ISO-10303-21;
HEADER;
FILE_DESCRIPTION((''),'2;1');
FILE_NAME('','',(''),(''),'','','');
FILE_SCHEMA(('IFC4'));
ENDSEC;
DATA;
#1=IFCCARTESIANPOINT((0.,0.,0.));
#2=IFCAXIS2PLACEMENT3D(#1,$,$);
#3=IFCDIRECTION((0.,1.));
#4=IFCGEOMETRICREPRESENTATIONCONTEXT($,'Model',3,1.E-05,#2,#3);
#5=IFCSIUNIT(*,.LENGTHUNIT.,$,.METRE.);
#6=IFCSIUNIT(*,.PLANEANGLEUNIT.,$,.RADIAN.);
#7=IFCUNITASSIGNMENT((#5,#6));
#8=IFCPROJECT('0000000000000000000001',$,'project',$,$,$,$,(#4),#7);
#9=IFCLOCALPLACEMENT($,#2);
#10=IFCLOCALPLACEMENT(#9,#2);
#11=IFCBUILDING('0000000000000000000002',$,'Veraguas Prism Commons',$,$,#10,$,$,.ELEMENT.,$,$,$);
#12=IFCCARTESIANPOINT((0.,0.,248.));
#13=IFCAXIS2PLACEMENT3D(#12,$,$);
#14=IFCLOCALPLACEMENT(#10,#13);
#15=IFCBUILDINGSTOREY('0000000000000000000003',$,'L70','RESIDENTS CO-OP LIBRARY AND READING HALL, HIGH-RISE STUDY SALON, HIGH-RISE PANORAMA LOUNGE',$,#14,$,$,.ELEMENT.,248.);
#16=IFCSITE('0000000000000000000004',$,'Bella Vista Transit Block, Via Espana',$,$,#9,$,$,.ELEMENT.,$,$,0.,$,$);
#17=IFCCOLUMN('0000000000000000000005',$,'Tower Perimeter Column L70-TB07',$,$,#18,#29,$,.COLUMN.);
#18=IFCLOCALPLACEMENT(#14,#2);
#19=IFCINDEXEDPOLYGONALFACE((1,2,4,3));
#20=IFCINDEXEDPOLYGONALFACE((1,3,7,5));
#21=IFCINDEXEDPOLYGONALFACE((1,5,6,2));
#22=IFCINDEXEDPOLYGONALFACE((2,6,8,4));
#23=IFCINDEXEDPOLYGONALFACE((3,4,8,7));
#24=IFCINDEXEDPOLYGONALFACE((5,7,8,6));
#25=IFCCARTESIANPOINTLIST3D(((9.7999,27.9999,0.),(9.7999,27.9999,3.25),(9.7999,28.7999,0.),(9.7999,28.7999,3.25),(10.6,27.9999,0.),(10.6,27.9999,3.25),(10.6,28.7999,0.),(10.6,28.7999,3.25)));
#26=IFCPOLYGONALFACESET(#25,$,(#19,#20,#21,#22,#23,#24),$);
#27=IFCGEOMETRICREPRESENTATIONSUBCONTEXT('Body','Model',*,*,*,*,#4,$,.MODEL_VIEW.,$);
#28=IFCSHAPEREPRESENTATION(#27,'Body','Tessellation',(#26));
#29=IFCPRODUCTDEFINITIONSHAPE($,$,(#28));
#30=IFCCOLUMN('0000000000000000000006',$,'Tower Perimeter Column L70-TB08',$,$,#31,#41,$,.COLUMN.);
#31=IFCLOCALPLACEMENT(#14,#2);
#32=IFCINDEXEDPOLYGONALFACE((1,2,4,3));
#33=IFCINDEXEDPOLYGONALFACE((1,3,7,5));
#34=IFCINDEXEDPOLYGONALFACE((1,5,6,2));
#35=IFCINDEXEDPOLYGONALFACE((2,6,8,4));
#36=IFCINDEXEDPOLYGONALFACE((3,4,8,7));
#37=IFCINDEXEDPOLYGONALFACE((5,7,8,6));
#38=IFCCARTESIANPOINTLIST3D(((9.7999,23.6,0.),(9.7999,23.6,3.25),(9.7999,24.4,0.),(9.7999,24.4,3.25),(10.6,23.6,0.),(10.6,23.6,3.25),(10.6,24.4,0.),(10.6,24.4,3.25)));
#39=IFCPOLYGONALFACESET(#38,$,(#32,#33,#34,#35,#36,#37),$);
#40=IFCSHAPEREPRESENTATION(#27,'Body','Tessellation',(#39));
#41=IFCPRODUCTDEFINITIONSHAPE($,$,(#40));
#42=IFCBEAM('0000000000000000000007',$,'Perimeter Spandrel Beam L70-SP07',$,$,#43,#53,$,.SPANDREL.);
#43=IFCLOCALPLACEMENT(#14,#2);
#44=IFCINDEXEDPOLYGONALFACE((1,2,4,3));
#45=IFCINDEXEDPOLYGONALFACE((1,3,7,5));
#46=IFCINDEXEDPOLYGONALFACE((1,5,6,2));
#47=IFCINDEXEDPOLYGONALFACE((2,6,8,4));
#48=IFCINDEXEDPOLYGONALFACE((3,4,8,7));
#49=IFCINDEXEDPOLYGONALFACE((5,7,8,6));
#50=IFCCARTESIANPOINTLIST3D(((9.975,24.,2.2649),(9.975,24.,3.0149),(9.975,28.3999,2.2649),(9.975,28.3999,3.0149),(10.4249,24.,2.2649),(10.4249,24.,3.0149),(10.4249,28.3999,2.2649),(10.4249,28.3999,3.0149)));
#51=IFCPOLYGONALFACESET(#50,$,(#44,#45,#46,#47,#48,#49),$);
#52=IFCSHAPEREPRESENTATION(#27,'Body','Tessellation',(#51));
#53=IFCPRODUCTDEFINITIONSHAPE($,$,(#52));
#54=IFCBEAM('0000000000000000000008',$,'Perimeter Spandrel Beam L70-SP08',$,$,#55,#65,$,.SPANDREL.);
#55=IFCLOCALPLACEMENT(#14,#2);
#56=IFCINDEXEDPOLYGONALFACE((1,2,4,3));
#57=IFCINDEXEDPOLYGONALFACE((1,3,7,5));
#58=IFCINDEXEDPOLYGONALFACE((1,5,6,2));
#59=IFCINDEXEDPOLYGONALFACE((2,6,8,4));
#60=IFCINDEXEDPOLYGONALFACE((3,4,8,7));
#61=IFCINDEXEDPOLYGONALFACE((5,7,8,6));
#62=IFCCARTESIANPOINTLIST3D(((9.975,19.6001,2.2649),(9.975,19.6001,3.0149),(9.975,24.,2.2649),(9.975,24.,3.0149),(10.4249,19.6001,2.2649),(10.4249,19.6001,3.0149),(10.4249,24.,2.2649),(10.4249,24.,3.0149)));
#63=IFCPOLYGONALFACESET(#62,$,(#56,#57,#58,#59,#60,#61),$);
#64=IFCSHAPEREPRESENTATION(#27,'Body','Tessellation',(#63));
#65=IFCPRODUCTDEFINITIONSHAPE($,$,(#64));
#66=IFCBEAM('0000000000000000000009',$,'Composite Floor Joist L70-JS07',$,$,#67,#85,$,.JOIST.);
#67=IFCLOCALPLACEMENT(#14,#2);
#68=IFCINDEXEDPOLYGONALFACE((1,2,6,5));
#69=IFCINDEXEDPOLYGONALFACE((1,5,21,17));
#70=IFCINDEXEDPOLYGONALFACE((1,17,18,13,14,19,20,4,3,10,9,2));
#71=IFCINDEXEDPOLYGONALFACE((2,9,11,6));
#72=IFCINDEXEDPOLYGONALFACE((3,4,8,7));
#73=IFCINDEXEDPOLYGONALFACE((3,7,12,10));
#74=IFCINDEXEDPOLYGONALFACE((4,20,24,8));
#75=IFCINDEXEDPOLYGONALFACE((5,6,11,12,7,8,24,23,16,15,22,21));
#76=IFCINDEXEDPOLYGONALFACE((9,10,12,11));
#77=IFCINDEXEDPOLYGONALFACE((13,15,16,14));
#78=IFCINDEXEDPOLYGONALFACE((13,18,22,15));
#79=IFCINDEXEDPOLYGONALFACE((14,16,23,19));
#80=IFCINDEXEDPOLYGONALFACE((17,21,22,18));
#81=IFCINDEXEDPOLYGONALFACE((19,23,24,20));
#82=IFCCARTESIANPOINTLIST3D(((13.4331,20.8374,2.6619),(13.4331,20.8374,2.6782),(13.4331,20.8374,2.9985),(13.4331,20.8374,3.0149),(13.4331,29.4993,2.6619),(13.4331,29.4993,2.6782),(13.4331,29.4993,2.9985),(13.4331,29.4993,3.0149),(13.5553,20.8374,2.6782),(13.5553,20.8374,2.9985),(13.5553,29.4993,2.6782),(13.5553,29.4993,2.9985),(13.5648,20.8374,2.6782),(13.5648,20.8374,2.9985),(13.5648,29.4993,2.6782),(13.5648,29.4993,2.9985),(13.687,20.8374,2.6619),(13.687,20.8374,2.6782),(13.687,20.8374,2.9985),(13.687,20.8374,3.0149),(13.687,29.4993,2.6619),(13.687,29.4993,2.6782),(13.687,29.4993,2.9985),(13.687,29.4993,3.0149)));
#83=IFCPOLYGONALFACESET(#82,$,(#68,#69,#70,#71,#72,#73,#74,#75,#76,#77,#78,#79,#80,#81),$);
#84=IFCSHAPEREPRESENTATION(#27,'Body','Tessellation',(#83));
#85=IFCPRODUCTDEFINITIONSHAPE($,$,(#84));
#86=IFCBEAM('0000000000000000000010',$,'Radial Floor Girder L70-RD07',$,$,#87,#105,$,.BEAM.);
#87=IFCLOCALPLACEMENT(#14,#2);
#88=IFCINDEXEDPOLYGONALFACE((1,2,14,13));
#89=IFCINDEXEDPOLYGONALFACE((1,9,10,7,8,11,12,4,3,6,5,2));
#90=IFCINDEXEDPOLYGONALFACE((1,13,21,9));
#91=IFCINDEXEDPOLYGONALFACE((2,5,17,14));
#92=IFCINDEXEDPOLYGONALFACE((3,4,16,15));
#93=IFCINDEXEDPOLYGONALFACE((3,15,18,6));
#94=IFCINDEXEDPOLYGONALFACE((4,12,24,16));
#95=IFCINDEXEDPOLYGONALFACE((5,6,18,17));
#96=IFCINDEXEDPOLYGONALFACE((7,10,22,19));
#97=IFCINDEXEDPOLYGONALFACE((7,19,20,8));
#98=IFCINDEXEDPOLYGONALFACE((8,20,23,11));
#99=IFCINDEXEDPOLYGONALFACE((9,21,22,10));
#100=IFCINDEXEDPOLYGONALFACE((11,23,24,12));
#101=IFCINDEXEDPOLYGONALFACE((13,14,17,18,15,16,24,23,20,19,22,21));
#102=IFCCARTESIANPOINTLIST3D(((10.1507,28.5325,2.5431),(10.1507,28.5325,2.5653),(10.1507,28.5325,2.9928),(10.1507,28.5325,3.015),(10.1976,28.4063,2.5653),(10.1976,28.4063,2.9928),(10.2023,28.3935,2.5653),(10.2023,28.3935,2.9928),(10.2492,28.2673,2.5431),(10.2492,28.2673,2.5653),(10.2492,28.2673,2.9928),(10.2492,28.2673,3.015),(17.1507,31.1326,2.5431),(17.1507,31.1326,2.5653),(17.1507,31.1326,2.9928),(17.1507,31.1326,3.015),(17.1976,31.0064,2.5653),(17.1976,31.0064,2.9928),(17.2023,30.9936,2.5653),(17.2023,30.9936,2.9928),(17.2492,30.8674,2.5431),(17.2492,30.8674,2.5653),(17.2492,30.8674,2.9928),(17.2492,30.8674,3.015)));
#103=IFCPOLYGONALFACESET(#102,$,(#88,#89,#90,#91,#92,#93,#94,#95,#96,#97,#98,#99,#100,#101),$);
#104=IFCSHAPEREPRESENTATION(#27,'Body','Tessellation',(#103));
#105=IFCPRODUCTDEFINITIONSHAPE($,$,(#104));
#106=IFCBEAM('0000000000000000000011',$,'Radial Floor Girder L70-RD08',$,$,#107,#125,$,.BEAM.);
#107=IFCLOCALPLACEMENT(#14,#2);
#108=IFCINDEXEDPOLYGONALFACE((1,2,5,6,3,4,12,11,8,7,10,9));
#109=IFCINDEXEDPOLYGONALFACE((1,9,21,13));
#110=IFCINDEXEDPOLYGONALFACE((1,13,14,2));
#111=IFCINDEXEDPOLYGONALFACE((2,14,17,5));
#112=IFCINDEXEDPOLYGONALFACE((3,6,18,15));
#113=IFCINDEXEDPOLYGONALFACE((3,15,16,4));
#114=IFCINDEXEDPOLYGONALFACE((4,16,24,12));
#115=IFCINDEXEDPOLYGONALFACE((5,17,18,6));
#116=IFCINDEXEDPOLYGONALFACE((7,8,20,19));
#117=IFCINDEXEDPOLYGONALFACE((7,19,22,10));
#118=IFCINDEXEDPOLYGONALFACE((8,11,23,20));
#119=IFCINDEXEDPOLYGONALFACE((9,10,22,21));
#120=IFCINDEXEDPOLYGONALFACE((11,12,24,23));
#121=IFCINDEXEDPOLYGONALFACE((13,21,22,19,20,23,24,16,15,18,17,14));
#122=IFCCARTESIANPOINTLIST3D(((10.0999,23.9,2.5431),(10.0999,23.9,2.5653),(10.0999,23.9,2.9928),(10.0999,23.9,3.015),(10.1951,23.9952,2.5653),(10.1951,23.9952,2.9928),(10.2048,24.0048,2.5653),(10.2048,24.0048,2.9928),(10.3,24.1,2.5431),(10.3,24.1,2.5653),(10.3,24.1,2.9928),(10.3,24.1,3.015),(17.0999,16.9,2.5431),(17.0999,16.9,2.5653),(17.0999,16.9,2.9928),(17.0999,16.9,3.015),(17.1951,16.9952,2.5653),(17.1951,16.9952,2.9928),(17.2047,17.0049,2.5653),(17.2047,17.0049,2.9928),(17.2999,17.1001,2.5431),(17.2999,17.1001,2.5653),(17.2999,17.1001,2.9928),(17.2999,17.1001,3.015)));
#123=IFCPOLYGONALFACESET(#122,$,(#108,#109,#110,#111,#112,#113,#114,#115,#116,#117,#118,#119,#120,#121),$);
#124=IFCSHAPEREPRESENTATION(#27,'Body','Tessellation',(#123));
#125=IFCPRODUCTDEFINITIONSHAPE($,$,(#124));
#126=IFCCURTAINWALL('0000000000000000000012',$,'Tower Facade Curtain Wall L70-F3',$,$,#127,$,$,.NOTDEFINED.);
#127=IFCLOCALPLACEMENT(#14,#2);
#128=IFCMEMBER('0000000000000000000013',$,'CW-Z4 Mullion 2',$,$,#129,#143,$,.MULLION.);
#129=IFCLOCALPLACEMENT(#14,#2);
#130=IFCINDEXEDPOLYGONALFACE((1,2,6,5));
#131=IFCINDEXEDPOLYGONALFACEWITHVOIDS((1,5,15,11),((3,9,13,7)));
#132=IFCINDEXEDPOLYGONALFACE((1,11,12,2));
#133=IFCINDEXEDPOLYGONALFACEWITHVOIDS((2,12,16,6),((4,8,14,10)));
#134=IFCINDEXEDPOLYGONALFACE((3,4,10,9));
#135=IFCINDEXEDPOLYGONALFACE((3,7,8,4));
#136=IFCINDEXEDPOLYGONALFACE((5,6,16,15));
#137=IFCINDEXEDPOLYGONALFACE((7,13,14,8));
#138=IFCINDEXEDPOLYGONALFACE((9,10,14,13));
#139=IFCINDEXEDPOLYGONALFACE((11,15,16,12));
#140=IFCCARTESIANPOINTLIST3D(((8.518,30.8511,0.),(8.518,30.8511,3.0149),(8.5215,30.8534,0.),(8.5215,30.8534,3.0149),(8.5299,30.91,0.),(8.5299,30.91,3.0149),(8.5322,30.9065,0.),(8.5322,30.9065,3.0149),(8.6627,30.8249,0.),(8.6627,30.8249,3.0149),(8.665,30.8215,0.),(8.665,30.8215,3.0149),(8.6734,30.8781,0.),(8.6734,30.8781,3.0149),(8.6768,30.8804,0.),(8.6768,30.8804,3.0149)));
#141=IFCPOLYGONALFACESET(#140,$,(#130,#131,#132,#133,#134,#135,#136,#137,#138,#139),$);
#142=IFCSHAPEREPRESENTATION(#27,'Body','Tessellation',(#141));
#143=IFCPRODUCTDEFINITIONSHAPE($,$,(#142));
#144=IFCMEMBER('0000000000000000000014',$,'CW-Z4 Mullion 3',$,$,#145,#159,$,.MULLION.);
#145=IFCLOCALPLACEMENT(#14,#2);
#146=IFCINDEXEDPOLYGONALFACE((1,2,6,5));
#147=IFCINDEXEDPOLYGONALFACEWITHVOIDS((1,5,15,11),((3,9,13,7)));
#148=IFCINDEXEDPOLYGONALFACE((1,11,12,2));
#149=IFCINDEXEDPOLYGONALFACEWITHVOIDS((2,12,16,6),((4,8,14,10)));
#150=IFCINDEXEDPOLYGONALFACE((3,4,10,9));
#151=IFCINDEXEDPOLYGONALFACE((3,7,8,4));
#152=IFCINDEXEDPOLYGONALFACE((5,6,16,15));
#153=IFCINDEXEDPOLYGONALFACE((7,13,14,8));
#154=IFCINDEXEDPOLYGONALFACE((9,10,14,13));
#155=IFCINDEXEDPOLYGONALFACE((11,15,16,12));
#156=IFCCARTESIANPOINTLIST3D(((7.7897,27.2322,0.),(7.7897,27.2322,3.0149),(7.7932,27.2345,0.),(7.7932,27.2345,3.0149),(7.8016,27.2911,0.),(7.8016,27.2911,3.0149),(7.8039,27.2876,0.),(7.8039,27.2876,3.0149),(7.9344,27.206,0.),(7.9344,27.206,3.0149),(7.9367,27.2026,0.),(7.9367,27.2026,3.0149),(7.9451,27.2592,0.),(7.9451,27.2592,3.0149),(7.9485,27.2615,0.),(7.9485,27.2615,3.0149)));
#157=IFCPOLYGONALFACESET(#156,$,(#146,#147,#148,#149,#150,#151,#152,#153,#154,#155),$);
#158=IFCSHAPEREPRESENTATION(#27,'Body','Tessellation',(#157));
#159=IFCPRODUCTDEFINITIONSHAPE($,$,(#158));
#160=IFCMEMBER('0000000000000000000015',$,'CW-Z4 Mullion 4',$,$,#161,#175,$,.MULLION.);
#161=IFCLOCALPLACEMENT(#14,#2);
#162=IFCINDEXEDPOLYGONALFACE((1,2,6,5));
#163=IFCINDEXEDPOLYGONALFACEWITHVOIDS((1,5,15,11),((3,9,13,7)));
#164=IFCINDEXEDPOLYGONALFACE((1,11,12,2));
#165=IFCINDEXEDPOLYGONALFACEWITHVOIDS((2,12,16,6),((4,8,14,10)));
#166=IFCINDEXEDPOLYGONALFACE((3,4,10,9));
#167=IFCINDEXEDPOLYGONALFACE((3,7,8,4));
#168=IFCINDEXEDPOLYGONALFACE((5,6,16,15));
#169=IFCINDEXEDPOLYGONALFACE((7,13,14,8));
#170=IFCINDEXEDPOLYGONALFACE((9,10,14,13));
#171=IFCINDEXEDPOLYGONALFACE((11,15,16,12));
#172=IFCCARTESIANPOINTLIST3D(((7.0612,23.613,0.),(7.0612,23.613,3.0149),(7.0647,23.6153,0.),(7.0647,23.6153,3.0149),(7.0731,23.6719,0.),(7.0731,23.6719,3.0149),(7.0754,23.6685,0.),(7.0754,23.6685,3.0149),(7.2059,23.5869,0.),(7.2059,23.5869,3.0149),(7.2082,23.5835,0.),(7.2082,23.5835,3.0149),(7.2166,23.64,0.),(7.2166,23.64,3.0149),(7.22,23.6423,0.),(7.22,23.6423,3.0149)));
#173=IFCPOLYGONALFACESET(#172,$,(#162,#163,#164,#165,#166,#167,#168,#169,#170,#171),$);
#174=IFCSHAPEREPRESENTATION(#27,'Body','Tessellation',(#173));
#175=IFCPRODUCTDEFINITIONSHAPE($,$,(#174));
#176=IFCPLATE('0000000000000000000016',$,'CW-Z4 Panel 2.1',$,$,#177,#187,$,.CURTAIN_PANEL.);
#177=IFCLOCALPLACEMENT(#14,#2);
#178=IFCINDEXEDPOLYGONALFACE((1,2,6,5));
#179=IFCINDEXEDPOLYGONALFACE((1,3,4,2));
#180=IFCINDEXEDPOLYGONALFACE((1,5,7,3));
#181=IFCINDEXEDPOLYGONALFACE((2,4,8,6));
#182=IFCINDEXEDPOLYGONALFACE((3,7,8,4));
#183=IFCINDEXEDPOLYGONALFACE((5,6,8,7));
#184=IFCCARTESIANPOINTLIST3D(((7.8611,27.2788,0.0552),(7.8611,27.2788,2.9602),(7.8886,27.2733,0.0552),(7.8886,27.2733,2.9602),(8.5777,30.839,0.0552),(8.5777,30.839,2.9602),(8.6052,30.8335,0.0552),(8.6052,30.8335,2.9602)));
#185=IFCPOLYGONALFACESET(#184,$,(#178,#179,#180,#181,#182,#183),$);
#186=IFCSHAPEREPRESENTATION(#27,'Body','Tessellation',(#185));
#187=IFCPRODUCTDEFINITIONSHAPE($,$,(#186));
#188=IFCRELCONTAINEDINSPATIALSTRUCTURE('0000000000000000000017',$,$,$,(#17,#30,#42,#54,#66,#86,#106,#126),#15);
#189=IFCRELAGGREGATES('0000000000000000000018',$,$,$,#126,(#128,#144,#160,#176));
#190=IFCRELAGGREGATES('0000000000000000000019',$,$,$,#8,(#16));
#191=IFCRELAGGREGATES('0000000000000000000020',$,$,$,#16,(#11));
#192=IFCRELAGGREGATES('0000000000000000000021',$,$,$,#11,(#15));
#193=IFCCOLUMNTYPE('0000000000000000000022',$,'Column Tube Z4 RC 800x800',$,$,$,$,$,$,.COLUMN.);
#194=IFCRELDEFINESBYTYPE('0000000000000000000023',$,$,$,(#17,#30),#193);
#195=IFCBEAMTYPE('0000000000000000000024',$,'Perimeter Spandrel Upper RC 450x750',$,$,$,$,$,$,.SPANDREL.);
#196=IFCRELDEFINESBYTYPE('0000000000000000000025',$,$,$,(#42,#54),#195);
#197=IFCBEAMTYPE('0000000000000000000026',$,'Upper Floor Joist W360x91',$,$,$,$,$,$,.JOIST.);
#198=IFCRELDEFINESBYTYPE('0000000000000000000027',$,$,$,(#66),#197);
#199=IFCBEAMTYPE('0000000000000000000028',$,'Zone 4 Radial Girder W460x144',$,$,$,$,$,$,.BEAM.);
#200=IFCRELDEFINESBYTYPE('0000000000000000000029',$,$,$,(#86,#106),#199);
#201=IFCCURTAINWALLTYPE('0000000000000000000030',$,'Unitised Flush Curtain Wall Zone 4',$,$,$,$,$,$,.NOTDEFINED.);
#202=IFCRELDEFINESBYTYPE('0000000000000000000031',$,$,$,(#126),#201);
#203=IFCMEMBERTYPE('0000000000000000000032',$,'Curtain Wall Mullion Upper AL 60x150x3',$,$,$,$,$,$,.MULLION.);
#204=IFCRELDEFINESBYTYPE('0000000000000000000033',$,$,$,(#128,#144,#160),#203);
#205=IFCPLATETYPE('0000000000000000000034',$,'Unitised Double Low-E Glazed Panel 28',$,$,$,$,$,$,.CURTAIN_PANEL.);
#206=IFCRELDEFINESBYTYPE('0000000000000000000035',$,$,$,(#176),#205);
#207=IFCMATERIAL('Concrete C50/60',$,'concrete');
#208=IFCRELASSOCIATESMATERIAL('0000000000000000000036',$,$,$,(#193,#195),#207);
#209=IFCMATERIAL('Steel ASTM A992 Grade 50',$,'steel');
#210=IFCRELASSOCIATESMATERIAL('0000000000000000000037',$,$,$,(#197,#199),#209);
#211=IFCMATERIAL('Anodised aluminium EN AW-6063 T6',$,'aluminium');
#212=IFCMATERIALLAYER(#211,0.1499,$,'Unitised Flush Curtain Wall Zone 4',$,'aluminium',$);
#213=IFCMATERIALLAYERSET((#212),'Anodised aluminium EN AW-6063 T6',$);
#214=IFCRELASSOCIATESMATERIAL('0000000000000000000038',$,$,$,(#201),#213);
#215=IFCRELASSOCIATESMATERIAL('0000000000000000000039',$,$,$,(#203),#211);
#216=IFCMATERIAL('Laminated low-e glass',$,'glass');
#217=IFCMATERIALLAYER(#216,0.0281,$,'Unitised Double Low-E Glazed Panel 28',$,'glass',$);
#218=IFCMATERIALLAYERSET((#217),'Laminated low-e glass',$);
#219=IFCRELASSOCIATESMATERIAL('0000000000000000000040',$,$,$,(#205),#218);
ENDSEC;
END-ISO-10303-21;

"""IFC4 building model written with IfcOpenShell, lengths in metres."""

from ifc_helpers import new_model, si_unit, direction, frame, origin, origin_2d, place, context, subcontext, project, spatial, rectangle, hollow_rectangle, i_section, extrude, source, transform, mapped, material, layer, layer_set, material_profile, profile_set, type_object, element, aggregate, save


model = new_model("IFC4")

# Units and contexts
model_context = context("Model", 3, precision=1e-05, world=origin(), true_north=direction((0.0, 1.0)))
body_context = subcontext(model_context, "Body", "Model", "MODEL_VIEW")
ifc_project = project(units=[si_unit("LENGTHUNIT", "METRE"), si_unit("PLANEANGLEUNIT", "RADIAN")], contexts=[model_context])

# Site, building, storey
site_placement = place(None, origin())
site = spatial("IfcSite", under=ifc_project, at=site_placement, Name="Bella Vista Transit Block, Via Espana", CompositionType="ELEMENT", RefElevation=0.0)
building_placement = place(site_placement, origin())
building = spatial("IfcBuilding", under=site, at=building_placement, Name="Veraguas Prism Commons", CompositionType="ELEMENT")
storey_placement = place(building_placement, frame((0.0, 0.0, 248.0)))
storey = spatial("IfcBuildingStorey", under=building, at=storey_placement, Name="L70", Description="RESIDENTS CO-OP LIBRARY AND READING HALL, HIGH-RISE STUDY SALON, HIGH-RISE PANORAMA LOUNGE", CompositionType="ELEMENT", Elevation=248.0)

# Columns
ifc_material_1 = material(Name="Concrete C50/60", Category="concrete")
ifc_material_profile_1 = material_profile(ifc_material_1, rectangle(XDim=0.8, YDim=0.8, at=origin_2d()), Name="RC800X800")
ifc_profile_set_1 = profile_set([ifc_material_profile_1], Name="Concrete C50/60")
column_type = type_object("IfcColumnType", Name="Column Tube Z4 RC 800x800", PredefinedType="COLUMN", material=ifc_profile_set_1)
for number, where, z_axis, x_axis, name in (
    (1, (10.2, 28.3999, 0.0), (0.0, 0.0, 1.0), (1.0, 0.0, 0.0), "Tower Perimeter Column L70-TB07"),
    (2, (10.2, 24.0, 0.0), (0.0, 0.0, 1.0), (1.0, 0.0, 0.0), "Tower Perimeter Column L70-TB08"),
):
    element("IfcColumn", number, at=place(storey_placement, frame(where, z_axis=z_axis, x_axis=x_axis)), inside=storey, type_object=column_type, Name=name, PredefinedType="COLUMN", context=body_context, shape_type="SweptSolid", body=[
        extrude(rectangle(XDim=0.8, YDim=0.8, at=origin_2d()), origin(), (0.0, 0.0, 1.0), 3.25),
    ])

# Beams
ifc_material_profile_2 = material_profile(ifc_material_1, rectangle(XDim=0.45, YDim=0.75, at=origin_2d()), Name="RC450X750")
ifc_profile_set_2 = profile_set([ifc_material_profile_2], Name="Concrete C50/60")
beam_type_1 = type_object("IfcBeamType", Name="Perimeter Spandrel Upper RC 450x750", PredefinedType="SPANDREL", material=ifc_profile_set_2)
for number, where, z_axis, x_axis, name in (
    (3, (10.2, 28.3999, 2.6399), (0.0, -1.0, 0.0), (1.0, 0.0, 0.0), "Perimeter Spandrel Beam L70-SP07"),
    (4, (10.2, 24.0, 2.6399), (0.0, -1.0, 0.0), (1.0, 0.0, 0.0), "Perimeter Spandrel Beam L70-SP08"),
):
    element("IfcBeam", number, at=place(storey_placement, frame(where, z_axis=z_axis, x_axis=x_axis)), inside=storey, type_object=beam_type_1, Name=name, PredefinedType="SPANDREL", context=body_context, shape_type="SweptSolid", body=[
        extrude(rectangle(XDim=0.45, YDim=0.75, at=origin_2d()), origin(), (0.0, 0.0, 1.0), 4.3999),
    ])
ifc_material_2 = material(Name="Steel ASTM A992 Grade 50", Category="steel")
ifc_material_profile_3 = material_profile(ifc_material_2, i_section(OverallWidth=0.2539, OverallDepth=0.353, WebThickness=0.0095, FlangeThickness=0.0164, at=origin_2d()), Name="W360X91")
ifc_profile_set_3 = profile_set([ifc_material_profile_3], Name="Steel ASTM A992 Grade 50")
beam_type_2 = type_object("IfcBeamType", Name="Upper Floor Joist W360x91", PredefinedType="JOIST", material=ifc_profile_set_3)
beam_1_placement = place(storey_placement, frame((13.5601, 29.4993, 2.8384), z_axis=(0.0, -1.0, 0.0), x_axis=(1.0, 0.0, 0.0)))
element("IfcBeam", 5, at=beam_1_placement, inside=storey, type_object=beam_type_2, Name="Composite Floor Joist L70-JS07", PredefinedType="JOIST", context=body_context, shape_type="SweptSolid", body=[
    extrude(i_section(OverallWidth=0.2539, OverallDepth=0.353, WebThickness=0.0095, FlangeThickness=0.0164, at=origin_2d()), origin(), (0.0, 0.0, 1.0), 8.6619),
])
ifc_material_profile_4 = material_profile(ifc_material_2, i_section(OverallWidth=0.283, OverallDepth=0.4719, WebThickness=0.0137, FlangeThickness=0.0222, at=origin_2d()), Name="W460X144")
ifc_profile_set_4 = profile_set([ifc_material_profile_4], Name="Steel ASTM A992 Grade 50")
beam_type_3 = type_object("IfcBeamType", Name="Zone 4 Radial Girder W460x144", PredefinedType="BEAM", material=ifc_profile_set_4)
beam_2_placement = place(storey_placement, frame((10.2, 28.3999, 2.7791), z_axis=(0.937421, 0.348198, 0.0), x_axis=(-0.348198, 0.937421, 0.0)))
element("IfcBeam", 6, at=beam_2_placement, inside=storey, type_object=beam_type_3, Name="Radial Floor Girder L70-RD07", PredefinedType="BEAM", context=body_context, shape_type="SweptSolid", body=[
    extrude(i_section(OverallWidth=0.283, OverallDepth=0.4719, WebThickness=0.0137, FlangeThickness=0.0222, at=origin_2d()), origin(), (0.0, 0.0, 1.0), 7.4673),
])
beam_3_placement = place(storey_placement, frame((10.2, 24.0, 2.7791), z_axis=(0.707107, -0.707107, 0.0), x_axis=(0.707107, 0.707107, 0.0)))
element("IfcBeam", 7, at=beam_3_placement, inside=storey, type_object=beam_type_3, Name="Radial Floor Girder L70-RD08", PredefinedType="BEAM", context=body_context, shape_type="SweptSolid", body=[
    extrude(i_section(OverallWidth=0.283, OverallDepth=0.4719, WebThickness=0.0137, FlangeThickness=0.0222, at=origin_2d()), origin(), (0.0, 0.0, 1.0), 9.8994),
])

# Curtain wall, members, plate
ifc_material_3 = material(Name="Anodised aluminium EN AW-6063 T6", Category="aluminium")
ifc_layer_1 = layer(ifc_material_3, 0.1499, Name="Unitised Flush Curtain Wall Zone 4", Category="aluminium")
ifc_layer_set_1 = layer_set([ifc_layer_1], Name="Anodised aluminium EN AW-6063 T6")
curtain_wall_type = type_object("IfcCurtainWallType", Name="Unitised Flush Curtain Wall Zone 4", PredefinedType="NOTDEFINED", material=ifc_layer_set_1)
curtain_wall_placement = place(storey_placement, origin())
curtain_wall = element("IfcCurtainWall", 8, at=curtain_wall_placement, inside=storey, type_object=curtain_wall_type, Name="Tower Facade Curtain Wall L70-F3", PredefinedType="NOTDEFINED")
ifc_material_profile_5 = material_profile(ifc_material_3, hollow_rectangle(XDim=0.0601, YDim=0.1499, WallThickness=0.0029, at=origin_2d()), Name="AL60X150X3")
ifc_profile_set_5 = profile_set([ifc_material_profile_5], Name="Anodised aluminium EN AW-6063 T6")
member_type = type_object("IfcMemberType", Name="Curtain Wall Mullion Upper AL 60x150x3", PredefinedType="MULLION", material=ifc_profile_set_5)
shared_shape_1 = source(origin(), body_context, "Body", "SweptSolid", [
    extrude(hollow_rectangle(XDim=0.0601, YDim=0.1499, WallThickness=0.0029, at=origin_2d()), origin(), (0.0, 0.0, 1.0), 3.0149),
])
member_1_placement = place(storey_placement, frame((8.5974, 30.8657, 0.0), z_axis=(0.0, 0.0, 1.0), x_axis=(-0.197319, -0.980339, 0.0)))
member_1 = element("IfcMember", 9, at=member_1_placement, type_object=member_type, Name="CW-Z4 Mullion 2", PredefinedType="MULLION", context=body_context, shape_type="MappedRepresentation", body=[
    mapped(shared_shape_1, transform((0.0, 0.0, 0.0), scale=1.0)),
])
member_2_placement = place(storey_placement, frame((7.8691, 27.2468, 0.0), z_axis=(0.0, 0.0, 1.0), x_axis=(-0.197319, -0.980339, 0.0)))
member_2 = element("IfcMember", 10, at=member_2_placement, type_object=member_type, Name="CW-Z4 Mullion 3", PredefinedType="MULLION", context=body_context, shape_type="MappedRepresentation", body=[
    mapped(shared_shape_1, transform((0.0, 0.0, 0.0), scale=1.0)),
])
member_3_placement = place(storey_placement, frame((7.1406, 23.6277, 0.0), z_axis=(0.0, 0.0, 1.0), x_axis=(-0.197319, -0.980339, 0.0)))
member_3 = element("IfcMember", 11, at=member_3_placement, type_object=member_type, Name="CW-Z4 Mullion 4", PredefinedType="MULLION", context=body_context, shape_type="MappedRepresentation", body=[
    mapped(shared_shape_1, transform((0.0, 0.0, 0.0), scale=1.0)),
])
ifc_material_4 = material(Name="Laminated low-e glass", Category="glass")
ifc_layer_2 = layer(ifc_material_4, 0.0281, Name="Unitised Double Low-E Glazed Panel 28", Category="glass")
ifc_layer_set_2 = layer_set([ifc_layer_2], Name="Laminated low-e glass")
plate_type = type_object("IfcPlateType", Name="Unitised Double Low-E Glazed Panel 28", PredefinedType="CURTAIN_PANEL", material=ifc_layer_set_2)
shared_shape_2 = source(origin(), body_context, "Body", "SweptSolid", [
    extrude(rectangle(XDim=3.6316, YDim=0.0281, at=origin_2d()), origin(), (0.0, 0.0, 1.0), 2.905),
])
plate_1_placement = place(storey_placement, frame((8.2332, 29.0562, 0.0552), z_axis=(0.0, 0.0, 1.0), x_axis=(-0.197319, -0.980339, 0.0)))
plate_1 = element("IfcPlate", 12, at=plate_1_placement, type_object=plate_type, Name="CW-Z4 Panel 2.1", PredefinedType="CURTAIN_PANEL", context=body_context, shape_type="MappedRepresentation", body=[
    mapped(shared_shape_2, transform((0.0, 0.0, 0.0), scale=1.0)),
])
aggregate(curtain_wall, [member_1, member_2, member_3, plate_1])

save(model, "model.ifc")
